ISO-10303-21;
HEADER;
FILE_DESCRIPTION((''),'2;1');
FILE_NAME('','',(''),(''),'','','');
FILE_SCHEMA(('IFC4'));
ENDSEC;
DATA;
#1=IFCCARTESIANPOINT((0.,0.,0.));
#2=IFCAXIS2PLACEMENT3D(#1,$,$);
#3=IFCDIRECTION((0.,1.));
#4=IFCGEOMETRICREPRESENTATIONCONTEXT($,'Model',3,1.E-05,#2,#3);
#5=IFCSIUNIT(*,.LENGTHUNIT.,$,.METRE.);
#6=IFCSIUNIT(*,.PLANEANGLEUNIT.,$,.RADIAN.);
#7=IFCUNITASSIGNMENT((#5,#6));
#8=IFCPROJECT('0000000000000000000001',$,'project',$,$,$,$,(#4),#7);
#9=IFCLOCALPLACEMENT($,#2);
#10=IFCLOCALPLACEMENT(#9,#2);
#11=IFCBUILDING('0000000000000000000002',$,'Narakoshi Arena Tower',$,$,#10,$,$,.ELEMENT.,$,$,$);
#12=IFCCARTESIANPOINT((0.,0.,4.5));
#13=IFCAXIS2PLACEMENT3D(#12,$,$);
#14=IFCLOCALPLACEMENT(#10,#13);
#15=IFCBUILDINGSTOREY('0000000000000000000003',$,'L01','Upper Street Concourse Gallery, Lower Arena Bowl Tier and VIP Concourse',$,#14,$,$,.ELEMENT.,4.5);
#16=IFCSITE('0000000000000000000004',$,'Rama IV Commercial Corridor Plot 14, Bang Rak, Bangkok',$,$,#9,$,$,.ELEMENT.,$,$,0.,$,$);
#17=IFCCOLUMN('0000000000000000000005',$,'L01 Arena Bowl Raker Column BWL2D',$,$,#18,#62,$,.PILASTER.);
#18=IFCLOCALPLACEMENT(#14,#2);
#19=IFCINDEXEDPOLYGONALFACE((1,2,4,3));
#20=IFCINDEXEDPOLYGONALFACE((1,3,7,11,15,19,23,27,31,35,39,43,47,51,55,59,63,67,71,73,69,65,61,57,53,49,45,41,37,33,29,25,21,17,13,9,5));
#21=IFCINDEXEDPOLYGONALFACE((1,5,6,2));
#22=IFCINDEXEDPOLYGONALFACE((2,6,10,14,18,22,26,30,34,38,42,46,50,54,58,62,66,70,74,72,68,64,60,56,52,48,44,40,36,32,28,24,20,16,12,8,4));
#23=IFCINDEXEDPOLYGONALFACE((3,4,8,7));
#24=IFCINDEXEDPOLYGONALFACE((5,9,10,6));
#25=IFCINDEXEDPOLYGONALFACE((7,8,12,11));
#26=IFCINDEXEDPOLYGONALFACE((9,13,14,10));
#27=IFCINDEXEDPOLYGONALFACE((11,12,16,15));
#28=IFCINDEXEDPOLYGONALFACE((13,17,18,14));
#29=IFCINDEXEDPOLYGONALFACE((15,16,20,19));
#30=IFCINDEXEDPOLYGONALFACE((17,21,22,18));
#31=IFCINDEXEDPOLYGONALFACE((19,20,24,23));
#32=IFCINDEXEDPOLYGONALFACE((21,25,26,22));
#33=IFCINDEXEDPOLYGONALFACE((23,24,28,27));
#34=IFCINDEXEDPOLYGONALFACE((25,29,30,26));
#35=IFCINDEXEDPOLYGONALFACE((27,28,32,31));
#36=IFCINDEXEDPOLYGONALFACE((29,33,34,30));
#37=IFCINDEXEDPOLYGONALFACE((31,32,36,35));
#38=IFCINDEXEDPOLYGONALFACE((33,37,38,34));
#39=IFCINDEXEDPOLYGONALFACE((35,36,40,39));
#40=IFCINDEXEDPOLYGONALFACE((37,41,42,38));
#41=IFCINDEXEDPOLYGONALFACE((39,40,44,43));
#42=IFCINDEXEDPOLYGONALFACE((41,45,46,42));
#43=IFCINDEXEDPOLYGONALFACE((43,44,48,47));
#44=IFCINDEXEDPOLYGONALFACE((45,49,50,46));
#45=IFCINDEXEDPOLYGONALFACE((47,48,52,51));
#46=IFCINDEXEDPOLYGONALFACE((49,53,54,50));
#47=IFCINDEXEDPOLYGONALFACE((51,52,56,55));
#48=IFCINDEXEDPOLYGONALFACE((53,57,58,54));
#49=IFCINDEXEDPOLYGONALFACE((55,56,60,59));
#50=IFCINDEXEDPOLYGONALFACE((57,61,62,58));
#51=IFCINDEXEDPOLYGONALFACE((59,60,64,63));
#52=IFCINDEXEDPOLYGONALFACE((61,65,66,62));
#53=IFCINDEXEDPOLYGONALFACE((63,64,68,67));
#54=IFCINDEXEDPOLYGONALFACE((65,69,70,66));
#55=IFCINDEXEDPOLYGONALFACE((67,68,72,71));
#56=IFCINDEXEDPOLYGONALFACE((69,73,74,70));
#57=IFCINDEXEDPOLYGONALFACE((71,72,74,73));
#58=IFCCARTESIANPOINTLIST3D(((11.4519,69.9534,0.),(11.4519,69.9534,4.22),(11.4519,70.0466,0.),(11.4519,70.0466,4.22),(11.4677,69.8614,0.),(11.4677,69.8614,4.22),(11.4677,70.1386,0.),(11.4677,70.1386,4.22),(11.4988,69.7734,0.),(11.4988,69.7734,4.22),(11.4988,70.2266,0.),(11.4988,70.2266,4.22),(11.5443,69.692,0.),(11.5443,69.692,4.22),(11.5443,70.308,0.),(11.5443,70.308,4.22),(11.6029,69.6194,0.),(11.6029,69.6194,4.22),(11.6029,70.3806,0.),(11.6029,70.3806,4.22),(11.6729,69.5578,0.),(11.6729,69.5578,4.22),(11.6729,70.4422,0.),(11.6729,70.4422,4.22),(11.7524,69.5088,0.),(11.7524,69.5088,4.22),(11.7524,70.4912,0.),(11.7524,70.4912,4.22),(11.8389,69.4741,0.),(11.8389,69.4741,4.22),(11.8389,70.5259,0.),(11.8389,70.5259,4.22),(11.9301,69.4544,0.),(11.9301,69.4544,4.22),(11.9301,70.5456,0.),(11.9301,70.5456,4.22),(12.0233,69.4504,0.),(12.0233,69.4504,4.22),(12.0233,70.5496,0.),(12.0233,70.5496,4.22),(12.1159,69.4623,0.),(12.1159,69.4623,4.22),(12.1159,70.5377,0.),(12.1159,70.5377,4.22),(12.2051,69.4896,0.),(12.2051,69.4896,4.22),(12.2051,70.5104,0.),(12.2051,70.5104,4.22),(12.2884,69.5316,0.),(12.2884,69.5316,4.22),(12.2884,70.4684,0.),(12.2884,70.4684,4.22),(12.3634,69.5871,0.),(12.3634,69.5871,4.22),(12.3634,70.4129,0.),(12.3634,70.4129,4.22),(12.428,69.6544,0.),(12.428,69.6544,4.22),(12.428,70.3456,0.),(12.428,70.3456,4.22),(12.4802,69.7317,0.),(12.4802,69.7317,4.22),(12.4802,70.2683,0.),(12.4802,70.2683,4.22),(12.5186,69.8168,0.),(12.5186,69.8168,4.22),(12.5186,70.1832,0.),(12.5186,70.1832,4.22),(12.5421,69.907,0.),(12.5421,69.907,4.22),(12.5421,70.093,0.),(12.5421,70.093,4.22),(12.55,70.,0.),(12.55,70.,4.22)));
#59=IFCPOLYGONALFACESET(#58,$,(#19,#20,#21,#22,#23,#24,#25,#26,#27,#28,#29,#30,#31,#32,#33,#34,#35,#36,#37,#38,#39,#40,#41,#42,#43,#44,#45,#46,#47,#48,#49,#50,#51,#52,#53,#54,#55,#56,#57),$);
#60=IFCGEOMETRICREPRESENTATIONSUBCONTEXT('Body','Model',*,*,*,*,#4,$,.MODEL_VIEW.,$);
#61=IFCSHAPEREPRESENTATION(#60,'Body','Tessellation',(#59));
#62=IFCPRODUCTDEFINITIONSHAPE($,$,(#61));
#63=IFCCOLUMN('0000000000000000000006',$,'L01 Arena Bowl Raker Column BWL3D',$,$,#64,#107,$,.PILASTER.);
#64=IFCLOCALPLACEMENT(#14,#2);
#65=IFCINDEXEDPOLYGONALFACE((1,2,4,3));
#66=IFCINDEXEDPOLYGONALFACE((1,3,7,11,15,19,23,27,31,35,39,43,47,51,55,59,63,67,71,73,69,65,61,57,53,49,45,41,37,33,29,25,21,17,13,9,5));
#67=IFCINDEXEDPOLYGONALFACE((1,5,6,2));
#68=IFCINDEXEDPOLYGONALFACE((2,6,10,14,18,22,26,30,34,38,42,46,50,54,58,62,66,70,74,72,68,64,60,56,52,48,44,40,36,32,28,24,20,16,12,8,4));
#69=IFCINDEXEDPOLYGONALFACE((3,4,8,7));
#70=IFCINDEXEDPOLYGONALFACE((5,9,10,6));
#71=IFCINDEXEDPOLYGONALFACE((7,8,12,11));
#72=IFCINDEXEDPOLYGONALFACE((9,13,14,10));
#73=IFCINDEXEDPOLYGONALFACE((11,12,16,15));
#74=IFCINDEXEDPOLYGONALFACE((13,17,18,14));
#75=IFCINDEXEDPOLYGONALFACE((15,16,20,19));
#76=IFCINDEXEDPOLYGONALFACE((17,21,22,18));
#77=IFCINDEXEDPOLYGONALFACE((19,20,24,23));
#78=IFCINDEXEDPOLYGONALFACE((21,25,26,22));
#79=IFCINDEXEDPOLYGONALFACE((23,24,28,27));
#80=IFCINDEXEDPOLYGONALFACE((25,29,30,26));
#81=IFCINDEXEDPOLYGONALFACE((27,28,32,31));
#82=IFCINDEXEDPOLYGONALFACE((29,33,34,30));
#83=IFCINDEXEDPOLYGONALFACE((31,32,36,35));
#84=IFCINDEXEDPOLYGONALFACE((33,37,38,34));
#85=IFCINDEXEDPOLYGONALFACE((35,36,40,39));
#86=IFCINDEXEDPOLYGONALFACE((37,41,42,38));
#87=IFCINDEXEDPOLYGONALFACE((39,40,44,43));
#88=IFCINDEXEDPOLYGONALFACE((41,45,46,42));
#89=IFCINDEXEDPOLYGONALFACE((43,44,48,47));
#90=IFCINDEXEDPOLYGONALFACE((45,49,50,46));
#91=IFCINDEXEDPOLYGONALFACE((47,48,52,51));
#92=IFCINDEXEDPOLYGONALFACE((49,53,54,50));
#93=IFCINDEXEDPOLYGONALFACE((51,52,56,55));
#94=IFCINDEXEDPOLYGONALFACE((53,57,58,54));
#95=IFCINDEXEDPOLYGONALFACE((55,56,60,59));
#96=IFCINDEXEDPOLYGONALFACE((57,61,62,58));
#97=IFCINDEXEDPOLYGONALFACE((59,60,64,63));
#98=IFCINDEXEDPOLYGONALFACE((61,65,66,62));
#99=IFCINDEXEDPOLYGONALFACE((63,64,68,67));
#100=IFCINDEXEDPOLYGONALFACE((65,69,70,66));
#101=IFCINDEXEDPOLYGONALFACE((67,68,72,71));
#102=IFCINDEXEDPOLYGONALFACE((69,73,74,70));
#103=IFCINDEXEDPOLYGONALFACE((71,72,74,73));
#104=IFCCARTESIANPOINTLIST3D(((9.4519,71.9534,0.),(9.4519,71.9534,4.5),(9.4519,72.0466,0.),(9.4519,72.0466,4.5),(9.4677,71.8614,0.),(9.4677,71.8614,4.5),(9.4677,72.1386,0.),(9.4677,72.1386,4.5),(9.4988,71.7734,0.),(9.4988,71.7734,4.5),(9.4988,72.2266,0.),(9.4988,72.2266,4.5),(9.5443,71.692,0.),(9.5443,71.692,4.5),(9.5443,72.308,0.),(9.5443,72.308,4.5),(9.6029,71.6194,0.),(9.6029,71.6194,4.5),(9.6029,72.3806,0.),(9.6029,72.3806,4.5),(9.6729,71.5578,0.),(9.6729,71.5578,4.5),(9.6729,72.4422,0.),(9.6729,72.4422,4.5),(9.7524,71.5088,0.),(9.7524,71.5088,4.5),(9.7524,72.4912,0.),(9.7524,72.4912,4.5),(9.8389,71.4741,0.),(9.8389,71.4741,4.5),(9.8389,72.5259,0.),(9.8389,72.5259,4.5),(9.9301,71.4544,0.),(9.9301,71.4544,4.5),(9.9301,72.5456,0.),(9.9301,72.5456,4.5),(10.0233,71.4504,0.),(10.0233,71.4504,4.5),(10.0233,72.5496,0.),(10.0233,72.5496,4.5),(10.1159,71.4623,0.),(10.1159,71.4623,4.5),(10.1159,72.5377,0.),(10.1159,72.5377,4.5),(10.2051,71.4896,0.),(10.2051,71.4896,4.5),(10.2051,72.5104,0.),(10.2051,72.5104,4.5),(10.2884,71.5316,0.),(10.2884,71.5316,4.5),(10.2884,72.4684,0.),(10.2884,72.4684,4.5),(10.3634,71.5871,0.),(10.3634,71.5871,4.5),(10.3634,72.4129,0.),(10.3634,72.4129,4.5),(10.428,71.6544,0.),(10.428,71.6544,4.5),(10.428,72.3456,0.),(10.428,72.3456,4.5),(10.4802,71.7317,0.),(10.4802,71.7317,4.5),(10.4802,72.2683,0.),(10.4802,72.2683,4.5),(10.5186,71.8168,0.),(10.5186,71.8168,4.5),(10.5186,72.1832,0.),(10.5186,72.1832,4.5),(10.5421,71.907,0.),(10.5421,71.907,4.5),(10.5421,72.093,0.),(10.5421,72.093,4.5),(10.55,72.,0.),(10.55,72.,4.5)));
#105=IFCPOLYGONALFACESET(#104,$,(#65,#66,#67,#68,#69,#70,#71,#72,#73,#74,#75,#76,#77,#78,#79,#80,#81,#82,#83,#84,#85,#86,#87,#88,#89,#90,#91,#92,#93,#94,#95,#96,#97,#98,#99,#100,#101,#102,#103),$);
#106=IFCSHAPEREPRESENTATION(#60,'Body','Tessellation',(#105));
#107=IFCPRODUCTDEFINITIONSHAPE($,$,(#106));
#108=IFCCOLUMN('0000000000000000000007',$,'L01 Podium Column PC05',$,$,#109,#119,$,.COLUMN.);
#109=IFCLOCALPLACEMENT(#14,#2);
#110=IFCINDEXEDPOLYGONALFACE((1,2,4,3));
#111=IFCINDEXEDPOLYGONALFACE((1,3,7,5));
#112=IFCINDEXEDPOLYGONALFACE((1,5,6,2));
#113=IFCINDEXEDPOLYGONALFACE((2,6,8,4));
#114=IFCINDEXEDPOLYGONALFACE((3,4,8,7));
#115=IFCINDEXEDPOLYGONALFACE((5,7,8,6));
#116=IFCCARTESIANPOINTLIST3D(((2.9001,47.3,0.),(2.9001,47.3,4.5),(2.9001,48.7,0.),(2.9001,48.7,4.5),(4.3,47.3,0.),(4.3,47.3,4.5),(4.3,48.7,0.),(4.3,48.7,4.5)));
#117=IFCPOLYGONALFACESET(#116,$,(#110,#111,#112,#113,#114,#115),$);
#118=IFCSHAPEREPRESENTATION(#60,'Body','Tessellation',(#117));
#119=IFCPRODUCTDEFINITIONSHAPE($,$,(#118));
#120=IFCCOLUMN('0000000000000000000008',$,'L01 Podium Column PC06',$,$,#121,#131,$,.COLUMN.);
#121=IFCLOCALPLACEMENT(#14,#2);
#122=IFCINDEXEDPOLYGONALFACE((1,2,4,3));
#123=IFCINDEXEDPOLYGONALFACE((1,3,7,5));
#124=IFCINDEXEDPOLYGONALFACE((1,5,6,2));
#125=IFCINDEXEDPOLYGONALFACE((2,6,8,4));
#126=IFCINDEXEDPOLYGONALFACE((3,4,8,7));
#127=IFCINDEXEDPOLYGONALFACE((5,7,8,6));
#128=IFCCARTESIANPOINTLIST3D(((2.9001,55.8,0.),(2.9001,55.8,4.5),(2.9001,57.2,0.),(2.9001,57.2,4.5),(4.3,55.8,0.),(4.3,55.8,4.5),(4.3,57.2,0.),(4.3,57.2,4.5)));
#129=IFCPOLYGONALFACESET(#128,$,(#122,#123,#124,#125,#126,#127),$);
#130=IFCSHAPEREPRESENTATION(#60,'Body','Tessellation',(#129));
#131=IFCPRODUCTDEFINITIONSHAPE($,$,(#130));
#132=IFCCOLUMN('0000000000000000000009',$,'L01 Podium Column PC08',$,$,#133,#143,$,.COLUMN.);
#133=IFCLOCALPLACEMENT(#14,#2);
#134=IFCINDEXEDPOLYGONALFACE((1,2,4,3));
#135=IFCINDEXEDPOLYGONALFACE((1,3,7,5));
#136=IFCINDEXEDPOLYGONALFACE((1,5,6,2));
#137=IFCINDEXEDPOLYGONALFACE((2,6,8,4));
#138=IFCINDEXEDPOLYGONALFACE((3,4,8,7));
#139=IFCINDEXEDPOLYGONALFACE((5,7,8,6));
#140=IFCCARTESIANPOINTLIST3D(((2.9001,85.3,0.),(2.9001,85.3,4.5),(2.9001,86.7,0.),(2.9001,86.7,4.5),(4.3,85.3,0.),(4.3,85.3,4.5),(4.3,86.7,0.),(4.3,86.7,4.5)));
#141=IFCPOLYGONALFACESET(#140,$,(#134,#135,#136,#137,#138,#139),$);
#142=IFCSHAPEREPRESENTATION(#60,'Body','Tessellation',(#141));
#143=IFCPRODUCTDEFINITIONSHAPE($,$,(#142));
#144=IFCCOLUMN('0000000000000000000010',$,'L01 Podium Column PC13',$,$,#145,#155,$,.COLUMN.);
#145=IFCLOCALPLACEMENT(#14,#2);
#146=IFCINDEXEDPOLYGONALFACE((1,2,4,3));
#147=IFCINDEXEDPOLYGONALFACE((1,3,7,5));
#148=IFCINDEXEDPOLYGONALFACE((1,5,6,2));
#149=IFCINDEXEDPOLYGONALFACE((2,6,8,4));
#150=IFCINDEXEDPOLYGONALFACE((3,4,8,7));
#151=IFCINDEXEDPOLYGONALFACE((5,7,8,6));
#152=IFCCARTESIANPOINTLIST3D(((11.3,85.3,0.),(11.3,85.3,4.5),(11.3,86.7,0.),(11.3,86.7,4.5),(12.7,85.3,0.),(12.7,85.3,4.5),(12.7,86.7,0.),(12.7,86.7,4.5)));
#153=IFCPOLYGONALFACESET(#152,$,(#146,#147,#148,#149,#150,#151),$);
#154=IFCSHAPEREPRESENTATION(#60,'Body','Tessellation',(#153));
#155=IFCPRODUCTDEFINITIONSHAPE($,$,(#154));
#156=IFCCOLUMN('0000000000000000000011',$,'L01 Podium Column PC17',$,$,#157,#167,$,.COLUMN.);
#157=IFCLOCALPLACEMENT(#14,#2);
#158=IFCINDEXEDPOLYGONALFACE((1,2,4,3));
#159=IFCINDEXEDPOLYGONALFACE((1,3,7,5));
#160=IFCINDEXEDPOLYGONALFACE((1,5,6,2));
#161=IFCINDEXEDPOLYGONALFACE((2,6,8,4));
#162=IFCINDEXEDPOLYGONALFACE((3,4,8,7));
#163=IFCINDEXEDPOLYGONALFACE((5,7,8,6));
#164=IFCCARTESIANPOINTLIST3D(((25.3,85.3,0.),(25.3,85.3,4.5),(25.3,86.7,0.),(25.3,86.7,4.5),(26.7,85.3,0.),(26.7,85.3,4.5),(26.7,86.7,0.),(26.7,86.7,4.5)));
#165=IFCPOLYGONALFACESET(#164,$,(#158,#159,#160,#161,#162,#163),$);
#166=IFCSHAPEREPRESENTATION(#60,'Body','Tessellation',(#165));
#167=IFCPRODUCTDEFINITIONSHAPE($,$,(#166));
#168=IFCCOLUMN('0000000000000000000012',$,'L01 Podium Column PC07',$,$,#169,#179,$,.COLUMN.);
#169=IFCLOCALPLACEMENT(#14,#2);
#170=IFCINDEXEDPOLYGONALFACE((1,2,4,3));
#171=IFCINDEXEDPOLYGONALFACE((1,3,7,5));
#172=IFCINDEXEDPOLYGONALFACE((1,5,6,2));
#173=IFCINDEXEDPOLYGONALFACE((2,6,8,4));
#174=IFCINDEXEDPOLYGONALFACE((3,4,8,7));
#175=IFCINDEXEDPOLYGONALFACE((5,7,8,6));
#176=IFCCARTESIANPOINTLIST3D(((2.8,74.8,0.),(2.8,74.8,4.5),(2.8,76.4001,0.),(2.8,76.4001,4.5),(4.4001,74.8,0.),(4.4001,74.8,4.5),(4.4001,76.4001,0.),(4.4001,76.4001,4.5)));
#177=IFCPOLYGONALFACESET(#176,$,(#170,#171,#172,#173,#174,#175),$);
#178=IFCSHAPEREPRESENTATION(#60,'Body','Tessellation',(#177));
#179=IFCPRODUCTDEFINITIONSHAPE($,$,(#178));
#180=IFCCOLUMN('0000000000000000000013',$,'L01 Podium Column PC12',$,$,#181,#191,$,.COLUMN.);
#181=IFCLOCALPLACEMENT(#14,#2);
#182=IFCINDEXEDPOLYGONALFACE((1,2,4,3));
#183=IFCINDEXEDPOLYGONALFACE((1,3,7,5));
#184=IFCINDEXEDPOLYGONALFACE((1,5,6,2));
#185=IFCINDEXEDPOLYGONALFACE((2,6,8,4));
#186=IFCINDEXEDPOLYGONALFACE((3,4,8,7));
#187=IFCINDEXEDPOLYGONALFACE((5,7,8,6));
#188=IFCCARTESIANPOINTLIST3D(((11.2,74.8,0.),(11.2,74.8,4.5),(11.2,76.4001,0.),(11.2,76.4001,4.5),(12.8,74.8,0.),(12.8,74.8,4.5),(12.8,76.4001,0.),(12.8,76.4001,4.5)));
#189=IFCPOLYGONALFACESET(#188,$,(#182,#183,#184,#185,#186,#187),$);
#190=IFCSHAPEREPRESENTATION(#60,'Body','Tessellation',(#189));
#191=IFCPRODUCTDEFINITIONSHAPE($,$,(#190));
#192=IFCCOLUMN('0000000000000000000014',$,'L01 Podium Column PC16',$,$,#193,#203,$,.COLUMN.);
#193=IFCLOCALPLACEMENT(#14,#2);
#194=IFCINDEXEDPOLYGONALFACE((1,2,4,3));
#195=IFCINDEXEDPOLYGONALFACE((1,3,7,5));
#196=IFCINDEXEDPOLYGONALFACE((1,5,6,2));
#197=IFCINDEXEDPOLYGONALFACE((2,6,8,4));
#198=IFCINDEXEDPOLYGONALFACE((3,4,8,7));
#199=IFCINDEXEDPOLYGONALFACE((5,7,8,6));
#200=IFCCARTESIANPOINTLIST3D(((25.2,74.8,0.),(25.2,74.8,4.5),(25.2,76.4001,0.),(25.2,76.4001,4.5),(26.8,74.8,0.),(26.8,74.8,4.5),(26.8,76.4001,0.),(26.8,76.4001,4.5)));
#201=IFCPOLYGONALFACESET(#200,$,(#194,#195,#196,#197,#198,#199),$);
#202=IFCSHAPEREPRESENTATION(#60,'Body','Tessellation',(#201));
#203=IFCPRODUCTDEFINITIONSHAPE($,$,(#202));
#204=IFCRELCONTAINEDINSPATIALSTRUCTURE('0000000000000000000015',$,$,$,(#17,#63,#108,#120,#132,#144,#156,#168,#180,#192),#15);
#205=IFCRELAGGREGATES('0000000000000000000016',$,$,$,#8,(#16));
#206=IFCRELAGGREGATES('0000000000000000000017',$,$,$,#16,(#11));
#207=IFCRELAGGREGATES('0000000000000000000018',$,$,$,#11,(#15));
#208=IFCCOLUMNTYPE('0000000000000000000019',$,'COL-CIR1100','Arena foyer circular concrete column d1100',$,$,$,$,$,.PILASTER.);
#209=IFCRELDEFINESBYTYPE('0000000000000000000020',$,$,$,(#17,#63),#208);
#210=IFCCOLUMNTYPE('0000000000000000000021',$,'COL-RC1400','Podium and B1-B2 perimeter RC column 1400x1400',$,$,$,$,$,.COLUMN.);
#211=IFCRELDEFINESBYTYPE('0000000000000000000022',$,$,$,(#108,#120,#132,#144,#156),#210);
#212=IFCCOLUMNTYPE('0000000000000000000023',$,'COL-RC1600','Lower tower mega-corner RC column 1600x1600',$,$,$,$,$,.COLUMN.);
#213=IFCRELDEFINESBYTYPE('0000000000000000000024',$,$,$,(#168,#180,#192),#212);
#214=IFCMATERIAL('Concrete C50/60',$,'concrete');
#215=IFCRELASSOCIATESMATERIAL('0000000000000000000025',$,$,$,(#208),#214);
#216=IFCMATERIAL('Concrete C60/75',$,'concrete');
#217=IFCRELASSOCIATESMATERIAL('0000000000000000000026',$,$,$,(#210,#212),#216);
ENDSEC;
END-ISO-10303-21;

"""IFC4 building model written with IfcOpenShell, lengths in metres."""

from ifc_helpers import new_model, si_unit, direction, frame, origin, origin_2d, place, context, subcontext, project, spatial, rectangle, circle, extrude, material, material_profile, profile_set, type_object, element, save


model = new_model("IFC4")

# Units and contexts
model_context = context("Model", 3, precision=1e-05, world=origin(), true_north=direction((0.0, 1.0)))
body_context = subcontext(model_context, "Body", "Model", "MODEL_VIEW")
ifc_project = project(units=[si_unit("LENGTHUNIT", "METRE"), si_unit("PLANEANGLEUNIT", "RADIAN")], contexts=[model_context])

# Site, building, storey
site_placement = place(None, origin())
site = spatial("IfcSite", under=ifc_project, at=site_placement, Name="Rama IV Commercial Corridor Plot 14, Bang Rak, Bangkok", CompositionType="ELEMENT", RefElevation=0.0)
building_placement = place(site_placement, origin())
building = spatial("IfcBuilding", under=site, at=building_placement, Name="Narakoshi Arena Tower", CompositionType="ELEMENT")
storey_placement = place(building_placement, frame((0.0, 0.0, 4.5)))
storey = spatial("IfcBuildingStorey", under=building, at=storey_placement, Name="L01", Description="Upper Street Concourse Gallery, Lower Arena Bowl Tier and VIP Concourse", CompositionType="ELEMENT", Elevation=4.5)

# Columns
ifc_material_1 = material(Name="Concrete C50/60", Category="concrete")
ifc_material_profile_1 = material_profile(ifc_material_1, circle(Radius=0.55, at=origin_2d()), Name="RCC1100")
ifc_profile_set_1 = profile_set([ifc_material_profile_1], Name="Concrete C50/60")
column_type_1 = type_object("IfcColumnType", Name="COL-CIR1100", Description="Arena foyer circular concrete column d1100", PredefinedType="PILASTER", material=ifc_profile_set_1)
column_1_placement = place(storey_placement, frame((12.0, 70.0, 0.0), z_axis=(0.0, 0.0, 1.0), x_axis=(1.0, 0.0, 0.0)))
element("IfcColumn", 1, at=column_1_placement, inside=storey, type_object=column_type_1, Name="L01 Arena Bowl Raker Column BWL2D", PredefinedType="PILASTER", context=body_context, shape_type="SweptSolid", body=[
    extrude(circle(Radius=0.55, at=origin_2d()), origin(), (0.0, 0.0, 1.0), 4.22),
])
column_2_placement = place(storey_placement, frame((10.0, 72.0, 0.0), z_axis=(0.0, 0.0, 1.0), x_axis=(1.0, 0.0, 0.0)))
element("IfcColumn", 2, at=column_2_placement, inside=storey, type_object=column_type_1, Name="L01 Arena Bowl Raker Column BWL3D", PredefinedType="PILASTER", context=body_context, shape_type="SweptSolid", body=[
    extrude(circle(Radius=0.55, at=origin_2d()), origin(), (0.0, 0.0, 1.0), 4.5),
])
ifc_material_2 = material(Name="Concrete C60/75", Category="concrete")
ifc_material_profile_2 = material_profile(ifc_material_2, rectangle(XDim=1.3999, YDim=1.3999, at=origin_2d()), Name="RC1400x1400")
ifc_profile_set_2 = profile_set([ifc_material_profile_2], Name="Concrete C60/75")
column_type_2 = type_object("IfcColumnType", Name="COL-RC1400", Description="Podium and B1-B2 perimeter RC column 1400x1400", PredefinedType="COLUMN", material=ifc_profile_set_2)
for number, where, z_axis, x_axis, name in (
    (3, (3.6001, 48.0, 0.0), (0.0, 0.0, 1.0), (1.0, 0.0, 0.0), "L01 Podium Column PC05"),
    (4, (3.6001, 56.5, 0.0), (0.0, 0.0, 1.0), (1.0, 0.0, 0.0), "L01 Podium Column PC06"),
    (5, (3.6001, 86.0, 0.0), (0.0, 0.0, 1.0), (1.0, 0.0, 0.0), "L01 Podium Column PC08"),
    (6, (12.0, 86.0, 0.0), (0.0, 0.0, 1.0), (1.0, 0.0, 0.0), "L01 Podium Column PC13"),
    (7, (26.0, 86.0, 0.0), (0.0, 0.0, 1.0), (1.0, 0.0, 0.0), "L01 Podium Column PC17"),
):
    element("IfcColumn", number, at=place(storey_placement, frame(where, z_axis=z_axis, x_axis=x_axis)), inside=storey, type_object=column_type_2, Name=name, PredefinedType="COLUMN", context=body_context, shape_type="SweptSolid", body=[
        extrude(rectangle(XDim=1.3999, YDim=1.3999, at=origin_2d()), origin(), (0.0, 0.0, 1.0), 4.5),
    ])
ifc_material_profile_3 = material_profile(ifc_material_2, rectangle(XDim=1.6001, YDim=1.6001, at=origin_2d()), Name="RC1600x1600")
ifc_profile_set_3 = profile_set([ifc_material_profile_3], Name="Concrete C60/75")
column_type_3 = type_object("IfcColumnType", Name="COL-RC1600", Description="Lower tower mega-corner RC column 1600x1600", PredefinedType="COLUMN", material=ifc_profile_set_3)
for number, where, z_axis, x_axis, name in (
    (8, (3.6001, 75.6001, 0.0), (0.0, 0.0, 1.0), (1.0, 0.0, 0.0), "L01 Podium Column PC07"),
    (9, (12.0, 75.6001, 0.0), (0.0, 0.0, 1.0), (1.0, 0.0, 0.0), "L01 Podium Column PC12"),
    (10, (26.0, 75.6001, 0.0), (0.0, 0.0, 1.0), (1.0, 0.0, 0.0), "L01 Podium Column PC16"),
):
    element("IfcColumn", number, at=place(storey_placement, frame(where, z_axis=z_axis, x_axis=x_axis)), inside=storey, type_object=column_type_3, Name=name, PredefinedType="COLUMN", context=body_context, shape_type="SweptSolid", body=[
        extrude(rectangle(XDim=1.6001, YDim=1.6001, at=origin_2d()), origin(), (0.0, 0.0, 1.0), 4.5),
    ])

save(model, "model.ifc")
